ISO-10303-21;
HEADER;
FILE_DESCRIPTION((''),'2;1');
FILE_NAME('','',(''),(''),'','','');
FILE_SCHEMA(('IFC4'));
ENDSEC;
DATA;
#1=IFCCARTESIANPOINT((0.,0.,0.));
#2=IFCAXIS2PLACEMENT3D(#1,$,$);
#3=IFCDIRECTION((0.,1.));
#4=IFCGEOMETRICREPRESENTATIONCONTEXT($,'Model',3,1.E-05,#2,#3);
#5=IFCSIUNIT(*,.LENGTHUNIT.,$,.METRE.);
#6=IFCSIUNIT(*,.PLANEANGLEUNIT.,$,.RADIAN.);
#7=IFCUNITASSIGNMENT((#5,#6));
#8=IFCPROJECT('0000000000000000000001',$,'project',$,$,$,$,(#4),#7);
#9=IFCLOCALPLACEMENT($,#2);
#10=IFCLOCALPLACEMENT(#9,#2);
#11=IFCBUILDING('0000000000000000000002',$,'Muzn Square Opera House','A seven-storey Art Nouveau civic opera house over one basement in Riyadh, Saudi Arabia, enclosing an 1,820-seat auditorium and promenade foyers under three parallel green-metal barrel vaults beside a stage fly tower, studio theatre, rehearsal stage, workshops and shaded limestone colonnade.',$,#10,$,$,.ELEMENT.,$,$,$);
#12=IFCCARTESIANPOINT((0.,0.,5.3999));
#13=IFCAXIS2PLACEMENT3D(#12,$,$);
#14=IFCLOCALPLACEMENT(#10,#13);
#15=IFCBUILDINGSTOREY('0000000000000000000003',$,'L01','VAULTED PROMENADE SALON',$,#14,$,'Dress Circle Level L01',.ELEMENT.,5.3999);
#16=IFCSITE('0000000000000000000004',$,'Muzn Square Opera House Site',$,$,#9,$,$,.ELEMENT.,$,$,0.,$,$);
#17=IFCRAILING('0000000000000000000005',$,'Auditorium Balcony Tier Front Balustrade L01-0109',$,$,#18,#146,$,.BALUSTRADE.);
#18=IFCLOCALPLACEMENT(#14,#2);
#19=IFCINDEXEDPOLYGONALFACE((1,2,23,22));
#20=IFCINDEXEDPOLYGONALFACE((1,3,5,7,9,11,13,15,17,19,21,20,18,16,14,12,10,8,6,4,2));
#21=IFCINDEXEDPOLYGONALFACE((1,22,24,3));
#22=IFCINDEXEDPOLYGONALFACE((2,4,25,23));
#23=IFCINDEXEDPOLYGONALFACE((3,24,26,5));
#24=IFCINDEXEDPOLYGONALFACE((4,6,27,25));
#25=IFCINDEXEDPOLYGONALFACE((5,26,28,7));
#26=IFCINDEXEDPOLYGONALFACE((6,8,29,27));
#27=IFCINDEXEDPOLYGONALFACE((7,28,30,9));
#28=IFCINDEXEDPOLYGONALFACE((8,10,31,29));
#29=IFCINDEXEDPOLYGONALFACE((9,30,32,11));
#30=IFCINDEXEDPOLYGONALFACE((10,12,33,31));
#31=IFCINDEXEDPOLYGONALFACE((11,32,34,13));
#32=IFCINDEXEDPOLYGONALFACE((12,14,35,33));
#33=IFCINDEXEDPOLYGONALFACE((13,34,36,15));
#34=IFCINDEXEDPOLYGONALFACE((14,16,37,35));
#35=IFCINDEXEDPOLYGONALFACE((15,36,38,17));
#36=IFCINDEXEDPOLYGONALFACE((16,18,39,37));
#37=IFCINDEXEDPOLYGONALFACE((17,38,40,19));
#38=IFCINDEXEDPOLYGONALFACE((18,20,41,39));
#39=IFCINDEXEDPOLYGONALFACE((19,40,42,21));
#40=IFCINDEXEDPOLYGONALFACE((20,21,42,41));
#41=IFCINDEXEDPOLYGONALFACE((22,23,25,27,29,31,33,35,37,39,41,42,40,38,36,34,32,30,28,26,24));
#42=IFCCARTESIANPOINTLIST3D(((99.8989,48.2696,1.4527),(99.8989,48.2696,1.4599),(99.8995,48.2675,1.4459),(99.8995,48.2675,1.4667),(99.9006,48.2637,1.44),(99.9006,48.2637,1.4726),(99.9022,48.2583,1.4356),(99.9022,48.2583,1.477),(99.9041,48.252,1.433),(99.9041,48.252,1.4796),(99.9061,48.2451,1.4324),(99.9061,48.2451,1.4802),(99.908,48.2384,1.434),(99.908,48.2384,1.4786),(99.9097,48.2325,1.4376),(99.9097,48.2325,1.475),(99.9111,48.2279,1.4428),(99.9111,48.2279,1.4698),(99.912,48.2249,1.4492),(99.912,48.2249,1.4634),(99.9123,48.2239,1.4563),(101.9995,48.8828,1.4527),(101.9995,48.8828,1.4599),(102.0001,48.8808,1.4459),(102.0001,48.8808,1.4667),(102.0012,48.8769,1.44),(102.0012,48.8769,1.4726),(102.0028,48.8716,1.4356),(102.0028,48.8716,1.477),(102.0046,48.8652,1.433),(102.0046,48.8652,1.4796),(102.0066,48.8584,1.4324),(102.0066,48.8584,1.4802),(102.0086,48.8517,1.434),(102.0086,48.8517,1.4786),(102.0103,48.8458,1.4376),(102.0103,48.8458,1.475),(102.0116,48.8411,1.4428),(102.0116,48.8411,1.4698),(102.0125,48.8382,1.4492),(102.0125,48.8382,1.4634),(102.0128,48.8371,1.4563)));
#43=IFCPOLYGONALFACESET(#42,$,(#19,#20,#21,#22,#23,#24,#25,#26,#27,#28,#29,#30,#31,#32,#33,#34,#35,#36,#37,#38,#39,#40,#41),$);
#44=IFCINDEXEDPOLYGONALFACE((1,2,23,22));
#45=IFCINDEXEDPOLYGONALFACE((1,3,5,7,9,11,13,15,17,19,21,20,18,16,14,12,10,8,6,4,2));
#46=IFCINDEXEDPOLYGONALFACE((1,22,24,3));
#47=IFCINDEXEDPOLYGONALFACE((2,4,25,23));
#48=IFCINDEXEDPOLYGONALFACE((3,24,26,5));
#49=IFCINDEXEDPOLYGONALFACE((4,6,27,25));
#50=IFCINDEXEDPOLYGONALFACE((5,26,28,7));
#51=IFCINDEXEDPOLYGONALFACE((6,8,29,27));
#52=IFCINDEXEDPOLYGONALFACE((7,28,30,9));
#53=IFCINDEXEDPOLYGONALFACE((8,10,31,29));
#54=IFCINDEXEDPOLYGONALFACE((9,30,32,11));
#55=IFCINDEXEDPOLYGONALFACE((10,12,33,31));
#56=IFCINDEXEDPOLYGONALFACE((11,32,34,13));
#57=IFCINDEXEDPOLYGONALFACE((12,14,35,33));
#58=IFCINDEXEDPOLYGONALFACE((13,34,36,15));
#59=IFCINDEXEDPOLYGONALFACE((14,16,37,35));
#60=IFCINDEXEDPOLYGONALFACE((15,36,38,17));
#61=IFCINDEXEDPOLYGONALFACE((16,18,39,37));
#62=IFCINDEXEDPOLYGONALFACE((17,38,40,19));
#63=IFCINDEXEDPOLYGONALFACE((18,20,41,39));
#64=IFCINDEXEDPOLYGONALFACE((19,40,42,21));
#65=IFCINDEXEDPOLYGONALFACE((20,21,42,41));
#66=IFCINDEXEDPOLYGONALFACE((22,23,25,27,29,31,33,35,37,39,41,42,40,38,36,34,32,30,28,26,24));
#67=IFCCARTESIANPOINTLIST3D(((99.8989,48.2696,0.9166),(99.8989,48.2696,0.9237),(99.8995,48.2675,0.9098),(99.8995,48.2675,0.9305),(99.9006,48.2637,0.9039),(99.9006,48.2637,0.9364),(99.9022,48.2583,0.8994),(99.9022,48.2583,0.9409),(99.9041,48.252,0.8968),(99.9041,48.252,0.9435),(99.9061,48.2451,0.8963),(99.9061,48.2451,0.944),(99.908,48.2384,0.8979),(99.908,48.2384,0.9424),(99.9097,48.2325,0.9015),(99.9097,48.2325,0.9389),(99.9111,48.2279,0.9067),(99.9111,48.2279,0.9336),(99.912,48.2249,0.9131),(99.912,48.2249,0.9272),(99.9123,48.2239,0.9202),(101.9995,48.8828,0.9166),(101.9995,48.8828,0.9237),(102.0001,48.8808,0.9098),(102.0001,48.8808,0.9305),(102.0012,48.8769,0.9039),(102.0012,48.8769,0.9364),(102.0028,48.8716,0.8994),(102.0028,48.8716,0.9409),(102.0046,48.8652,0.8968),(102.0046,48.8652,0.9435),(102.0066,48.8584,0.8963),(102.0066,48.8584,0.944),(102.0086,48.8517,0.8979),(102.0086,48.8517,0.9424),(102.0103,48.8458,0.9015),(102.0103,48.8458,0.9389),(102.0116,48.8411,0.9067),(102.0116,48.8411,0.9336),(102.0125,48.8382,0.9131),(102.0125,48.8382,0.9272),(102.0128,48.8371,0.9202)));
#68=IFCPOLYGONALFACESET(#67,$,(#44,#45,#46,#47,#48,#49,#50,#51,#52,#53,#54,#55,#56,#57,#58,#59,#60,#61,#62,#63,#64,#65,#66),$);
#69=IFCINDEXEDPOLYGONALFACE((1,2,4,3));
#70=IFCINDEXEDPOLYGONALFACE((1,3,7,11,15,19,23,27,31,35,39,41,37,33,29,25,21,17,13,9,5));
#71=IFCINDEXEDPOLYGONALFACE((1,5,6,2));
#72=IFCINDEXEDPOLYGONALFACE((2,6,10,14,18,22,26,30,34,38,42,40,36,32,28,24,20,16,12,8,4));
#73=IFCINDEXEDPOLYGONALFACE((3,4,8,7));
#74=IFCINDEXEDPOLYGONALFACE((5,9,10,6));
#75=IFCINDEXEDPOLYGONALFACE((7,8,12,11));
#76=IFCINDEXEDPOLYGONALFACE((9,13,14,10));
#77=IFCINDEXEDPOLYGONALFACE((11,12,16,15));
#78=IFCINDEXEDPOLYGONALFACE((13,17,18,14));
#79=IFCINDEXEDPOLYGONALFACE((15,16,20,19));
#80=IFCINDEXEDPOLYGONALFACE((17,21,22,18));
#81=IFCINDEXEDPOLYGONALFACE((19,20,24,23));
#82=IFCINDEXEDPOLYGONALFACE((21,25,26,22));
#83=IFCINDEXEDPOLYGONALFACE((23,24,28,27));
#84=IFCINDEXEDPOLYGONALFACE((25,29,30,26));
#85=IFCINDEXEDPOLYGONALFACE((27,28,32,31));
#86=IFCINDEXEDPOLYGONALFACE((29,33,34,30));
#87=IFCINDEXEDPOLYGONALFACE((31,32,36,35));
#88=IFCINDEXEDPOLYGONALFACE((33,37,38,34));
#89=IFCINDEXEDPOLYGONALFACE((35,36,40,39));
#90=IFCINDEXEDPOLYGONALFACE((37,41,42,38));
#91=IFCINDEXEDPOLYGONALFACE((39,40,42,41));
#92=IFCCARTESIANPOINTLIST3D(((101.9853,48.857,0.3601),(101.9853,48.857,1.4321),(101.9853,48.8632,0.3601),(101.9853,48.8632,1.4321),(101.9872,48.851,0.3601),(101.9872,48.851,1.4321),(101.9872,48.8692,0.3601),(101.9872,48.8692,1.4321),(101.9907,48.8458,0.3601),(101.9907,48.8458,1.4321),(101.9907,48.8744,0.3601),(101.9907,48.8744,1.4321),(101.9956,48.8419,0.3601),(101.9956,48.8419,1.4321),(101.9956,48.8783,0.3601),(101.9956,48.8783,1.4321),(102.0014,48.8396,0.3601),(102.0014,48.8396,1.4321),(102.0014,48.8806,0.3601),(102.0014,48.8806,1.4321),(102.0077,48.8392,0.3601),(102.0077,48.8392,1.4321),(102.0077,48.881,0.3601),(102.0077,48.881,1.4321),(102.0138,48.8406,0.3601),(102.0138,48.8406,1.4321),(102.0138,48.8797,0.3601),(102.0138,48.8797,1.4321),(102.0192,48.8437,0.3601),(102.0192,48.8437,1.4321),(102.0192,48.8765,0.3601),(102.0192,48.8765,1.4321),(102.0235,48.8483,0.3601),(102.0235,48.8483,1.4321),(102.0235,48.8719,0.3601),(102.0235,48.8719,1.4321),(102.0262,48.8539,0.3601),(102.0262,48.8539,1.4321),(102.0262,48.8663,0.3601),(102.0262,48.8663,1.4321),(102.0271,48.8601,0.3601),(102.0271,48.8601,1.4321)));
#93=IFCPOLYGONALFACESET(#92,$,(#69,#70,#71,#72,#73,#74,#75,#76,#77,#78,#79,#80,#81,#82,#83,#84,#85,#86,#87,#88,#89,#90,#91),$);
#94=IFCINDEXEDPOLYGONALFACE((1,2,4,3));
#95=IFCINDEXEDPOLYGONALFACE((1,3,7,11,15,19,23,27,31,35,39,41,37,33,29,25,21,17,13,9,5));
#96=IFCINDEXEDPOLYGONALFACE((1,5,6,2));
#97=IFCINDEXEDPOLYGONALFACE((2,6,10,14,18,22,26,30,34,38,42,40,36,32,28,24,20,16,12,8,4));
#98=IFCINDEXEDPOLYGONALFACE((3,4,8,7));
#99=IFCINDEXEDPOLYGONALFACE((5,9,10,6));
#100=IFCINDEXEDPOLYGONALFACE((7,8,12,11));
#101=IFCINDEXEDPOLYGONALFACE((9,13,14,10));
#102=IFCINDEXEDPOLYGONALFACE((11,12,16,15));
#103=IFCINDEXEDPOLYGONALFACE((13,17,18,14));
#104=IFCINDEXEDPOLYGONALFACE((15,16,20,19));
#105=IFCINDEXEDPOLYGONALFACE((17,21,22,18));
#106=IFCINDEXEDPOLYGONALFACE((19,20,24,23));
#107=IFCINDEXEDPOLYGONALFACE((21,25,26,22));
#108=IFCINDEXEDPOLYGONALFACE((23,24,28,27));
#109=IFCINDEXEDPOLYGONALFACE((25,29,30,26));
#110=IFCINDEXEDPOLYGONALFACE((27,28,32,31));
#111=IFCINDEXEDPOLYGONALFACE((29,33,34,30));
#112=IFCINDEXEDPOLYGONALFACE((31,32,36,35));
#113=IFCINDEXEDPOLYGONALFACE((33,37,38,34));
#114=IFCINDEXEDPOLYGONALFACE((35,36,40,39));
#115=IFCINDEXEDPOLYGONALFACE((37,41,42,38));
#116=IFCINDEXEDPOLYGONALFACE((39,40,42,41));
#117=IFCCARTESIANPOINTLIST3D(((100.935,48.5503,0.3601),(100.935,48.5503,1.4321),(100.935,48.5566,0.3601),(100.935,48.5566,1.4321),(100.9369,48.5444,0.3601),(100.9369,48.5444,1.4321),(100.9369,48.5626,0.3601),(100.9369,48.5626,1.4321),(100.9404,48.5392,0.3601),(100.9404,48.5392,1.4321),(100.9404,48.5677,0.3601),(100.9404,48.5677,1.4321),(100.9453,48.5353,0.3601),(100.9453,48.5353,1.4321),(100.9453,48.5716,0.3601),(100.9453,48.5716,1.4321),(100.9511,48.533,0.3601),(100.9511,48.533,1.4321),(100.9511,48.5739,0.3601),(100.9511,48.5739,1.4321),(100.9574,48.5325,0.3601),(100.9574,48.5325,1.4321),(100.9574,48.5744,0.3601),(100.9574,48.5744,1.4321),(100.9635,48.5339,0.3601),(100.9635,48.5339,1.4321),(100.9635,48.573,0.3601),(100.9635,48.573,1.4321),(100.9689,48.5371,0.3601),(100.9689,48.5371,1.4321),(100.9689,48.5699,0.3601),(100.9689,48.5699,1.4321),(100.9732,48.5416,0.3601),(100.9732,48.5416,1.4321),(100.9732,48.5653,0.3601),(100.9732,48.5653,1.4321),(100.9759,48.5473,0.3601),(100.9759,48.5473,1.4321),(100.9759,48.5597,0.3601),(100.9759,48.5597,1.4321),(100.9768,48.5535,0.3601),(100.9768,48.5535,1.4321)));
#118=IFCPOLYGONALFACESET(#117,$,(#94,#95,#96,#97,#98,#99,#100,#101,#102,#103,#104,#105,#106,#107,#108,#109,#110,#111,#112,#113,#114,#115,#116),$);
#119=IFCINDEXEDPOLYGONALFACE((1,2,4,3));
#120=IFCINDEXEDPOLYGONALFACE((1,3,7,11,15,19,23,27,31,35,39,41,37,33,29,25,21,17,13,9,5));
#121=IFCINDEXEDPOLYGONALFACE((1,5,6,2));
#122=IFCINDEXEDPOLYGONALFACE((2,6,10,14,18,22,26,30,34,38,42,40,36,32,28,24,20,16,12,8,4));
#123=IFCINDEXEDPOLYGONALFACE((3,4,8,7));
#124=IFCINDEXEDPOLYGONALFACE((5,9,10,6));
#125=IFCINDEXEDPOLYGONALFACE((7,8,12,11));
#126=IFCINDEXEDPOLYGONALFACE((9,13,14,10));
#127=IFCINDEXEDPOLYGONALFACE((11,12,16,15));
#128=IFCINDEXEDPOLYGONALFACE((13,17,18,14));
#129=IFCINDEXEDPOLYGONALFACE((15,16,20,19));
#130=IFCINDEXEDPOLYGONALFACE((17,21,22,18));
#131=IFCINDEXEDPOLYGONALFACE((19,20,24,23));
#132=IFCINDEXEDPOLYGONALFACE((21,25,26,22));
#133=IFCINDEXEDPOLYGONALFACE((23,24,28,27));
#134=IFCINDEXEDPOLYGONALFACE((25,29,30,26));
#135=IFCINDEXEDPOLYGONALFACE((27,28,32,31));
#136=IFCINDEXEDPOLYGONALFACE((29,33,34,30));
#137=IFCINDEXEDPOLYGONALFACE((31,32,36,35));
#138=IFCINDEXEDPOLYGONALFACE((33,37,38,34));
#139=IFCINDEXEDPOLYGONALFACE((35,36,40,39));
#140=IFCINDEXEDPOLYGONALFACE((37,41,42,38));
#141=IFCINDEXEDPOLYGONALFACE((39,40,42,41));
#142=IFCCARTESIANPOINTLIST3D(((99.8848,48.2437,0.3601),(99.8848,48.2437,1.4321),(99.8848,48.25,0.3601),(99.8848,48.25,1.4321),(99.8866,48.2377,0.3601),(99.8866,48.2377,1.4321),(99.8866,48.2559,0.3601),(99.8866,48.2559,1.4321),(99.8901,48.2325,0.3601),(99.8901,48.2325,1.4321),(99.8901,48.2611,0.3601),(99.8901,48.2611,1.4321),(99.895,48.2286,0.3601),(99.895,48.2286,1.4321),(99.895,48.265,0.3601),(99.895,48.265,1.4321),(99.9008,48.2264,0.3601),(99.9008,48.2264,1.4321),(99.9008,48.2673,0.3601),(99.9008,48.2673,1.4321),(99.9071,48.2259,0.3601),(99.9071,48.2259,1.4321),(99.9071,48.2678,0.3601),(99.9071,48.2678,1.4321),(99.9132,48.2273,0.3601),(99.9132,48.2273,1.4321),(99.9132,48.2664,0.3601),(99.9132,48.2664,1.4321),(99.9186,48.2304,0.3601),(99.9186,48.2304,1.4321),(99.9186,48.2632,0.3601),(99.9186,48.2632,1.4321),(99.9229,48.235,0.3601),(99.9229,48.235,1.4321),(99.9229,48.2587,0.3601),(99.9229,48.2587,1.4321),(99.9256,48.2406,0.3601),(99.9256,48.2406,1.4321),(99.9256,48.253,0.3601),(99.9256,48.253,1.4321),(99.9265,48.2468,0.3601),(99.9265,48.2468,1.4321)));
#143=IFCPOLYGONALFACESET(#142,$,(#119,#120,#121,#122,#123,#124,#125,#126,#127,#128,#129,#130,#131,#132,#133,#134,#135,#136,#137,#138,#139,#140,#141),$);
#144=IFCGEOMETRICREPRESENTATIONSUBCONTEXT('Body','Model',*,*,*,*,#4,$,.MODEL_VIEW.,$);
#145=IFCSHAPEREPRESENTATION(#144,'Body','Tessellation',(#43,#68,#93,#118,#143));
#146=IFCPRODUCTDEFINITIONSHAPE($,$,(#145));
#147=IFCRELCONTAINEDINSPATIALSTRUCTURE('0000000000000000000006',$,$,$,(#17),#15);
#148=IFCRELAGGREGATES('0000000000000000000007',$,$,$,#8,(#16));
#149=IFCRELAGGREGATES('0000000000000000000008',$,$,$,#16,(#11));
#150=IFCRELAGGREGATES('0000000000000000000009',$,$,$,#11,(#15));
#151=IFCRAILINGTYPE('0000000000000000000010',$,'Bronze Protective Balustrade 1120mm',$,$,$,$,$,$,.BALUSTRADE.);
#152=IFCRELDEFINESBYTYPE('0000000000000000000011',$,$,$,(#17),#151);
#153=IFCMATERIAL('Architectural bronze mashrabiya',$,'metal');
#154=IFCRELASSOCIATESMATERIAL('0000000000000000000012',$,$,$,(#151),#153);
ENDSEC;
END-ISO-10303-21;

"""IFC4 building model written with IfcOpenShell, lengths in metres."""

from ifc_helpers import new_model, si_unit, direction, frame, origin, origin_2d, place, context, subcontext, project, spatial, circle, extrude, material, type_object, element, save


model = new_model("IFC4")

# Units and contexts
model_context = context("Model", 3, precision=1e-05, world=origin(), true_north=direction((0.0, 1.0)))
body_context = subcontext(model_context, "Body", "Model", "MODEL_VIEW")
ifc_project = project(units=[si_unit("LENGTHUNIT", "METRE"), si_unit("PLANEANGLEUNIT", "RADIAN")], contexts=[model_context])

# Site, building, storey
site_placement = place(None, origin())
site = spatial("IfcSite", under=ifc_project, at=site_placement, Name="Muzn Square Opera House Site", CompositionType="ELEMENT", RefElevation=0.0)
building_placement = place(site_placement, origin())
building = spatial("IfcBuilding", under=site, at=building_placement, Name="Muzn Square Opera House", Description="A seven-storey Art Nouveau civic opera house over one basement in Riyadh, Saudi Arabia, enclosing an 1,820-seat auditorium and promenade foyers under three parallel green-metal barrel vaults beside a stage fly tower, studio theatre, rehearsal stage, workshops and shaded limestone colonnade.", CompositionType="ELEMENT")
storey_placement = place(building_placement, frame((0.0, 0.0, 5.3999)))
storey = spatial("IfcBuildingStorey", under=building, at=storey_placement, Name="L01", Description="VAULTED PROMENADE SALON", LongName="Dress Circle Level L01", CompositionType="ELEMENT", Elevation=5.3999)

# Railing
ifc_material_1 = material(Name="Architectural bronze mashrabiya", Category="metal")
railing_type_1 = type_object("IfcRailingType", Name="Bronze Protective Balustrade 1120mm", PredefinedType="BALUSTRADE", material=ifc_material_1)
railing_1_placement = place(storey_placement, frame((102.0061, 48.8601, 0.3601)))
element("IfcRailing", 1, at=railing_1_placement, inside=storey, type_object=railing_type_1, Name="Auditorium Balcony Tier Front Balustrade L01-0109", PredefinedType="BALUSTRADE", context=body_context, shape_type="SweptSolid", body=[
    extrude(circle(Radius=0.0239, at=origin_2d()), frame((0.0, 0.0, 1.0962), z_axis=(-0.959925, -0.280257, 0.0), x_axis=(0.280257, -0.959925, 0.0)), (0.0, 0.0, 1.0), 2.1882),
    extrude(circle(Radius=0.0239, at=origin_2d()), frame((0.0, 0.0, 0.5601), z_axis=(-0.959925, -0.280257, 0.0), x_axis=(0.280257, -0.959925, 0.0)), (0.0, 0.0, 1.0), 2.1882),
    extrude(circle(Radius=0.021, at=origin_2d()), origin(), (0.0, 0.0, 1.0), 1.072),
    extrude(circle(Radius=0.021, at=origin_2d()), frame((-1.0503, -0.3066, 0.0)), (0.0, 0.0, 1.0), 1.072),
    extrude(circle(Radius=0.021, at=origin_2d()), frame((-2.1006, -0.6133, 0.0)), (0.0, 0.0, 1.0), 1.072),
])

save(model, "model.ifc")
